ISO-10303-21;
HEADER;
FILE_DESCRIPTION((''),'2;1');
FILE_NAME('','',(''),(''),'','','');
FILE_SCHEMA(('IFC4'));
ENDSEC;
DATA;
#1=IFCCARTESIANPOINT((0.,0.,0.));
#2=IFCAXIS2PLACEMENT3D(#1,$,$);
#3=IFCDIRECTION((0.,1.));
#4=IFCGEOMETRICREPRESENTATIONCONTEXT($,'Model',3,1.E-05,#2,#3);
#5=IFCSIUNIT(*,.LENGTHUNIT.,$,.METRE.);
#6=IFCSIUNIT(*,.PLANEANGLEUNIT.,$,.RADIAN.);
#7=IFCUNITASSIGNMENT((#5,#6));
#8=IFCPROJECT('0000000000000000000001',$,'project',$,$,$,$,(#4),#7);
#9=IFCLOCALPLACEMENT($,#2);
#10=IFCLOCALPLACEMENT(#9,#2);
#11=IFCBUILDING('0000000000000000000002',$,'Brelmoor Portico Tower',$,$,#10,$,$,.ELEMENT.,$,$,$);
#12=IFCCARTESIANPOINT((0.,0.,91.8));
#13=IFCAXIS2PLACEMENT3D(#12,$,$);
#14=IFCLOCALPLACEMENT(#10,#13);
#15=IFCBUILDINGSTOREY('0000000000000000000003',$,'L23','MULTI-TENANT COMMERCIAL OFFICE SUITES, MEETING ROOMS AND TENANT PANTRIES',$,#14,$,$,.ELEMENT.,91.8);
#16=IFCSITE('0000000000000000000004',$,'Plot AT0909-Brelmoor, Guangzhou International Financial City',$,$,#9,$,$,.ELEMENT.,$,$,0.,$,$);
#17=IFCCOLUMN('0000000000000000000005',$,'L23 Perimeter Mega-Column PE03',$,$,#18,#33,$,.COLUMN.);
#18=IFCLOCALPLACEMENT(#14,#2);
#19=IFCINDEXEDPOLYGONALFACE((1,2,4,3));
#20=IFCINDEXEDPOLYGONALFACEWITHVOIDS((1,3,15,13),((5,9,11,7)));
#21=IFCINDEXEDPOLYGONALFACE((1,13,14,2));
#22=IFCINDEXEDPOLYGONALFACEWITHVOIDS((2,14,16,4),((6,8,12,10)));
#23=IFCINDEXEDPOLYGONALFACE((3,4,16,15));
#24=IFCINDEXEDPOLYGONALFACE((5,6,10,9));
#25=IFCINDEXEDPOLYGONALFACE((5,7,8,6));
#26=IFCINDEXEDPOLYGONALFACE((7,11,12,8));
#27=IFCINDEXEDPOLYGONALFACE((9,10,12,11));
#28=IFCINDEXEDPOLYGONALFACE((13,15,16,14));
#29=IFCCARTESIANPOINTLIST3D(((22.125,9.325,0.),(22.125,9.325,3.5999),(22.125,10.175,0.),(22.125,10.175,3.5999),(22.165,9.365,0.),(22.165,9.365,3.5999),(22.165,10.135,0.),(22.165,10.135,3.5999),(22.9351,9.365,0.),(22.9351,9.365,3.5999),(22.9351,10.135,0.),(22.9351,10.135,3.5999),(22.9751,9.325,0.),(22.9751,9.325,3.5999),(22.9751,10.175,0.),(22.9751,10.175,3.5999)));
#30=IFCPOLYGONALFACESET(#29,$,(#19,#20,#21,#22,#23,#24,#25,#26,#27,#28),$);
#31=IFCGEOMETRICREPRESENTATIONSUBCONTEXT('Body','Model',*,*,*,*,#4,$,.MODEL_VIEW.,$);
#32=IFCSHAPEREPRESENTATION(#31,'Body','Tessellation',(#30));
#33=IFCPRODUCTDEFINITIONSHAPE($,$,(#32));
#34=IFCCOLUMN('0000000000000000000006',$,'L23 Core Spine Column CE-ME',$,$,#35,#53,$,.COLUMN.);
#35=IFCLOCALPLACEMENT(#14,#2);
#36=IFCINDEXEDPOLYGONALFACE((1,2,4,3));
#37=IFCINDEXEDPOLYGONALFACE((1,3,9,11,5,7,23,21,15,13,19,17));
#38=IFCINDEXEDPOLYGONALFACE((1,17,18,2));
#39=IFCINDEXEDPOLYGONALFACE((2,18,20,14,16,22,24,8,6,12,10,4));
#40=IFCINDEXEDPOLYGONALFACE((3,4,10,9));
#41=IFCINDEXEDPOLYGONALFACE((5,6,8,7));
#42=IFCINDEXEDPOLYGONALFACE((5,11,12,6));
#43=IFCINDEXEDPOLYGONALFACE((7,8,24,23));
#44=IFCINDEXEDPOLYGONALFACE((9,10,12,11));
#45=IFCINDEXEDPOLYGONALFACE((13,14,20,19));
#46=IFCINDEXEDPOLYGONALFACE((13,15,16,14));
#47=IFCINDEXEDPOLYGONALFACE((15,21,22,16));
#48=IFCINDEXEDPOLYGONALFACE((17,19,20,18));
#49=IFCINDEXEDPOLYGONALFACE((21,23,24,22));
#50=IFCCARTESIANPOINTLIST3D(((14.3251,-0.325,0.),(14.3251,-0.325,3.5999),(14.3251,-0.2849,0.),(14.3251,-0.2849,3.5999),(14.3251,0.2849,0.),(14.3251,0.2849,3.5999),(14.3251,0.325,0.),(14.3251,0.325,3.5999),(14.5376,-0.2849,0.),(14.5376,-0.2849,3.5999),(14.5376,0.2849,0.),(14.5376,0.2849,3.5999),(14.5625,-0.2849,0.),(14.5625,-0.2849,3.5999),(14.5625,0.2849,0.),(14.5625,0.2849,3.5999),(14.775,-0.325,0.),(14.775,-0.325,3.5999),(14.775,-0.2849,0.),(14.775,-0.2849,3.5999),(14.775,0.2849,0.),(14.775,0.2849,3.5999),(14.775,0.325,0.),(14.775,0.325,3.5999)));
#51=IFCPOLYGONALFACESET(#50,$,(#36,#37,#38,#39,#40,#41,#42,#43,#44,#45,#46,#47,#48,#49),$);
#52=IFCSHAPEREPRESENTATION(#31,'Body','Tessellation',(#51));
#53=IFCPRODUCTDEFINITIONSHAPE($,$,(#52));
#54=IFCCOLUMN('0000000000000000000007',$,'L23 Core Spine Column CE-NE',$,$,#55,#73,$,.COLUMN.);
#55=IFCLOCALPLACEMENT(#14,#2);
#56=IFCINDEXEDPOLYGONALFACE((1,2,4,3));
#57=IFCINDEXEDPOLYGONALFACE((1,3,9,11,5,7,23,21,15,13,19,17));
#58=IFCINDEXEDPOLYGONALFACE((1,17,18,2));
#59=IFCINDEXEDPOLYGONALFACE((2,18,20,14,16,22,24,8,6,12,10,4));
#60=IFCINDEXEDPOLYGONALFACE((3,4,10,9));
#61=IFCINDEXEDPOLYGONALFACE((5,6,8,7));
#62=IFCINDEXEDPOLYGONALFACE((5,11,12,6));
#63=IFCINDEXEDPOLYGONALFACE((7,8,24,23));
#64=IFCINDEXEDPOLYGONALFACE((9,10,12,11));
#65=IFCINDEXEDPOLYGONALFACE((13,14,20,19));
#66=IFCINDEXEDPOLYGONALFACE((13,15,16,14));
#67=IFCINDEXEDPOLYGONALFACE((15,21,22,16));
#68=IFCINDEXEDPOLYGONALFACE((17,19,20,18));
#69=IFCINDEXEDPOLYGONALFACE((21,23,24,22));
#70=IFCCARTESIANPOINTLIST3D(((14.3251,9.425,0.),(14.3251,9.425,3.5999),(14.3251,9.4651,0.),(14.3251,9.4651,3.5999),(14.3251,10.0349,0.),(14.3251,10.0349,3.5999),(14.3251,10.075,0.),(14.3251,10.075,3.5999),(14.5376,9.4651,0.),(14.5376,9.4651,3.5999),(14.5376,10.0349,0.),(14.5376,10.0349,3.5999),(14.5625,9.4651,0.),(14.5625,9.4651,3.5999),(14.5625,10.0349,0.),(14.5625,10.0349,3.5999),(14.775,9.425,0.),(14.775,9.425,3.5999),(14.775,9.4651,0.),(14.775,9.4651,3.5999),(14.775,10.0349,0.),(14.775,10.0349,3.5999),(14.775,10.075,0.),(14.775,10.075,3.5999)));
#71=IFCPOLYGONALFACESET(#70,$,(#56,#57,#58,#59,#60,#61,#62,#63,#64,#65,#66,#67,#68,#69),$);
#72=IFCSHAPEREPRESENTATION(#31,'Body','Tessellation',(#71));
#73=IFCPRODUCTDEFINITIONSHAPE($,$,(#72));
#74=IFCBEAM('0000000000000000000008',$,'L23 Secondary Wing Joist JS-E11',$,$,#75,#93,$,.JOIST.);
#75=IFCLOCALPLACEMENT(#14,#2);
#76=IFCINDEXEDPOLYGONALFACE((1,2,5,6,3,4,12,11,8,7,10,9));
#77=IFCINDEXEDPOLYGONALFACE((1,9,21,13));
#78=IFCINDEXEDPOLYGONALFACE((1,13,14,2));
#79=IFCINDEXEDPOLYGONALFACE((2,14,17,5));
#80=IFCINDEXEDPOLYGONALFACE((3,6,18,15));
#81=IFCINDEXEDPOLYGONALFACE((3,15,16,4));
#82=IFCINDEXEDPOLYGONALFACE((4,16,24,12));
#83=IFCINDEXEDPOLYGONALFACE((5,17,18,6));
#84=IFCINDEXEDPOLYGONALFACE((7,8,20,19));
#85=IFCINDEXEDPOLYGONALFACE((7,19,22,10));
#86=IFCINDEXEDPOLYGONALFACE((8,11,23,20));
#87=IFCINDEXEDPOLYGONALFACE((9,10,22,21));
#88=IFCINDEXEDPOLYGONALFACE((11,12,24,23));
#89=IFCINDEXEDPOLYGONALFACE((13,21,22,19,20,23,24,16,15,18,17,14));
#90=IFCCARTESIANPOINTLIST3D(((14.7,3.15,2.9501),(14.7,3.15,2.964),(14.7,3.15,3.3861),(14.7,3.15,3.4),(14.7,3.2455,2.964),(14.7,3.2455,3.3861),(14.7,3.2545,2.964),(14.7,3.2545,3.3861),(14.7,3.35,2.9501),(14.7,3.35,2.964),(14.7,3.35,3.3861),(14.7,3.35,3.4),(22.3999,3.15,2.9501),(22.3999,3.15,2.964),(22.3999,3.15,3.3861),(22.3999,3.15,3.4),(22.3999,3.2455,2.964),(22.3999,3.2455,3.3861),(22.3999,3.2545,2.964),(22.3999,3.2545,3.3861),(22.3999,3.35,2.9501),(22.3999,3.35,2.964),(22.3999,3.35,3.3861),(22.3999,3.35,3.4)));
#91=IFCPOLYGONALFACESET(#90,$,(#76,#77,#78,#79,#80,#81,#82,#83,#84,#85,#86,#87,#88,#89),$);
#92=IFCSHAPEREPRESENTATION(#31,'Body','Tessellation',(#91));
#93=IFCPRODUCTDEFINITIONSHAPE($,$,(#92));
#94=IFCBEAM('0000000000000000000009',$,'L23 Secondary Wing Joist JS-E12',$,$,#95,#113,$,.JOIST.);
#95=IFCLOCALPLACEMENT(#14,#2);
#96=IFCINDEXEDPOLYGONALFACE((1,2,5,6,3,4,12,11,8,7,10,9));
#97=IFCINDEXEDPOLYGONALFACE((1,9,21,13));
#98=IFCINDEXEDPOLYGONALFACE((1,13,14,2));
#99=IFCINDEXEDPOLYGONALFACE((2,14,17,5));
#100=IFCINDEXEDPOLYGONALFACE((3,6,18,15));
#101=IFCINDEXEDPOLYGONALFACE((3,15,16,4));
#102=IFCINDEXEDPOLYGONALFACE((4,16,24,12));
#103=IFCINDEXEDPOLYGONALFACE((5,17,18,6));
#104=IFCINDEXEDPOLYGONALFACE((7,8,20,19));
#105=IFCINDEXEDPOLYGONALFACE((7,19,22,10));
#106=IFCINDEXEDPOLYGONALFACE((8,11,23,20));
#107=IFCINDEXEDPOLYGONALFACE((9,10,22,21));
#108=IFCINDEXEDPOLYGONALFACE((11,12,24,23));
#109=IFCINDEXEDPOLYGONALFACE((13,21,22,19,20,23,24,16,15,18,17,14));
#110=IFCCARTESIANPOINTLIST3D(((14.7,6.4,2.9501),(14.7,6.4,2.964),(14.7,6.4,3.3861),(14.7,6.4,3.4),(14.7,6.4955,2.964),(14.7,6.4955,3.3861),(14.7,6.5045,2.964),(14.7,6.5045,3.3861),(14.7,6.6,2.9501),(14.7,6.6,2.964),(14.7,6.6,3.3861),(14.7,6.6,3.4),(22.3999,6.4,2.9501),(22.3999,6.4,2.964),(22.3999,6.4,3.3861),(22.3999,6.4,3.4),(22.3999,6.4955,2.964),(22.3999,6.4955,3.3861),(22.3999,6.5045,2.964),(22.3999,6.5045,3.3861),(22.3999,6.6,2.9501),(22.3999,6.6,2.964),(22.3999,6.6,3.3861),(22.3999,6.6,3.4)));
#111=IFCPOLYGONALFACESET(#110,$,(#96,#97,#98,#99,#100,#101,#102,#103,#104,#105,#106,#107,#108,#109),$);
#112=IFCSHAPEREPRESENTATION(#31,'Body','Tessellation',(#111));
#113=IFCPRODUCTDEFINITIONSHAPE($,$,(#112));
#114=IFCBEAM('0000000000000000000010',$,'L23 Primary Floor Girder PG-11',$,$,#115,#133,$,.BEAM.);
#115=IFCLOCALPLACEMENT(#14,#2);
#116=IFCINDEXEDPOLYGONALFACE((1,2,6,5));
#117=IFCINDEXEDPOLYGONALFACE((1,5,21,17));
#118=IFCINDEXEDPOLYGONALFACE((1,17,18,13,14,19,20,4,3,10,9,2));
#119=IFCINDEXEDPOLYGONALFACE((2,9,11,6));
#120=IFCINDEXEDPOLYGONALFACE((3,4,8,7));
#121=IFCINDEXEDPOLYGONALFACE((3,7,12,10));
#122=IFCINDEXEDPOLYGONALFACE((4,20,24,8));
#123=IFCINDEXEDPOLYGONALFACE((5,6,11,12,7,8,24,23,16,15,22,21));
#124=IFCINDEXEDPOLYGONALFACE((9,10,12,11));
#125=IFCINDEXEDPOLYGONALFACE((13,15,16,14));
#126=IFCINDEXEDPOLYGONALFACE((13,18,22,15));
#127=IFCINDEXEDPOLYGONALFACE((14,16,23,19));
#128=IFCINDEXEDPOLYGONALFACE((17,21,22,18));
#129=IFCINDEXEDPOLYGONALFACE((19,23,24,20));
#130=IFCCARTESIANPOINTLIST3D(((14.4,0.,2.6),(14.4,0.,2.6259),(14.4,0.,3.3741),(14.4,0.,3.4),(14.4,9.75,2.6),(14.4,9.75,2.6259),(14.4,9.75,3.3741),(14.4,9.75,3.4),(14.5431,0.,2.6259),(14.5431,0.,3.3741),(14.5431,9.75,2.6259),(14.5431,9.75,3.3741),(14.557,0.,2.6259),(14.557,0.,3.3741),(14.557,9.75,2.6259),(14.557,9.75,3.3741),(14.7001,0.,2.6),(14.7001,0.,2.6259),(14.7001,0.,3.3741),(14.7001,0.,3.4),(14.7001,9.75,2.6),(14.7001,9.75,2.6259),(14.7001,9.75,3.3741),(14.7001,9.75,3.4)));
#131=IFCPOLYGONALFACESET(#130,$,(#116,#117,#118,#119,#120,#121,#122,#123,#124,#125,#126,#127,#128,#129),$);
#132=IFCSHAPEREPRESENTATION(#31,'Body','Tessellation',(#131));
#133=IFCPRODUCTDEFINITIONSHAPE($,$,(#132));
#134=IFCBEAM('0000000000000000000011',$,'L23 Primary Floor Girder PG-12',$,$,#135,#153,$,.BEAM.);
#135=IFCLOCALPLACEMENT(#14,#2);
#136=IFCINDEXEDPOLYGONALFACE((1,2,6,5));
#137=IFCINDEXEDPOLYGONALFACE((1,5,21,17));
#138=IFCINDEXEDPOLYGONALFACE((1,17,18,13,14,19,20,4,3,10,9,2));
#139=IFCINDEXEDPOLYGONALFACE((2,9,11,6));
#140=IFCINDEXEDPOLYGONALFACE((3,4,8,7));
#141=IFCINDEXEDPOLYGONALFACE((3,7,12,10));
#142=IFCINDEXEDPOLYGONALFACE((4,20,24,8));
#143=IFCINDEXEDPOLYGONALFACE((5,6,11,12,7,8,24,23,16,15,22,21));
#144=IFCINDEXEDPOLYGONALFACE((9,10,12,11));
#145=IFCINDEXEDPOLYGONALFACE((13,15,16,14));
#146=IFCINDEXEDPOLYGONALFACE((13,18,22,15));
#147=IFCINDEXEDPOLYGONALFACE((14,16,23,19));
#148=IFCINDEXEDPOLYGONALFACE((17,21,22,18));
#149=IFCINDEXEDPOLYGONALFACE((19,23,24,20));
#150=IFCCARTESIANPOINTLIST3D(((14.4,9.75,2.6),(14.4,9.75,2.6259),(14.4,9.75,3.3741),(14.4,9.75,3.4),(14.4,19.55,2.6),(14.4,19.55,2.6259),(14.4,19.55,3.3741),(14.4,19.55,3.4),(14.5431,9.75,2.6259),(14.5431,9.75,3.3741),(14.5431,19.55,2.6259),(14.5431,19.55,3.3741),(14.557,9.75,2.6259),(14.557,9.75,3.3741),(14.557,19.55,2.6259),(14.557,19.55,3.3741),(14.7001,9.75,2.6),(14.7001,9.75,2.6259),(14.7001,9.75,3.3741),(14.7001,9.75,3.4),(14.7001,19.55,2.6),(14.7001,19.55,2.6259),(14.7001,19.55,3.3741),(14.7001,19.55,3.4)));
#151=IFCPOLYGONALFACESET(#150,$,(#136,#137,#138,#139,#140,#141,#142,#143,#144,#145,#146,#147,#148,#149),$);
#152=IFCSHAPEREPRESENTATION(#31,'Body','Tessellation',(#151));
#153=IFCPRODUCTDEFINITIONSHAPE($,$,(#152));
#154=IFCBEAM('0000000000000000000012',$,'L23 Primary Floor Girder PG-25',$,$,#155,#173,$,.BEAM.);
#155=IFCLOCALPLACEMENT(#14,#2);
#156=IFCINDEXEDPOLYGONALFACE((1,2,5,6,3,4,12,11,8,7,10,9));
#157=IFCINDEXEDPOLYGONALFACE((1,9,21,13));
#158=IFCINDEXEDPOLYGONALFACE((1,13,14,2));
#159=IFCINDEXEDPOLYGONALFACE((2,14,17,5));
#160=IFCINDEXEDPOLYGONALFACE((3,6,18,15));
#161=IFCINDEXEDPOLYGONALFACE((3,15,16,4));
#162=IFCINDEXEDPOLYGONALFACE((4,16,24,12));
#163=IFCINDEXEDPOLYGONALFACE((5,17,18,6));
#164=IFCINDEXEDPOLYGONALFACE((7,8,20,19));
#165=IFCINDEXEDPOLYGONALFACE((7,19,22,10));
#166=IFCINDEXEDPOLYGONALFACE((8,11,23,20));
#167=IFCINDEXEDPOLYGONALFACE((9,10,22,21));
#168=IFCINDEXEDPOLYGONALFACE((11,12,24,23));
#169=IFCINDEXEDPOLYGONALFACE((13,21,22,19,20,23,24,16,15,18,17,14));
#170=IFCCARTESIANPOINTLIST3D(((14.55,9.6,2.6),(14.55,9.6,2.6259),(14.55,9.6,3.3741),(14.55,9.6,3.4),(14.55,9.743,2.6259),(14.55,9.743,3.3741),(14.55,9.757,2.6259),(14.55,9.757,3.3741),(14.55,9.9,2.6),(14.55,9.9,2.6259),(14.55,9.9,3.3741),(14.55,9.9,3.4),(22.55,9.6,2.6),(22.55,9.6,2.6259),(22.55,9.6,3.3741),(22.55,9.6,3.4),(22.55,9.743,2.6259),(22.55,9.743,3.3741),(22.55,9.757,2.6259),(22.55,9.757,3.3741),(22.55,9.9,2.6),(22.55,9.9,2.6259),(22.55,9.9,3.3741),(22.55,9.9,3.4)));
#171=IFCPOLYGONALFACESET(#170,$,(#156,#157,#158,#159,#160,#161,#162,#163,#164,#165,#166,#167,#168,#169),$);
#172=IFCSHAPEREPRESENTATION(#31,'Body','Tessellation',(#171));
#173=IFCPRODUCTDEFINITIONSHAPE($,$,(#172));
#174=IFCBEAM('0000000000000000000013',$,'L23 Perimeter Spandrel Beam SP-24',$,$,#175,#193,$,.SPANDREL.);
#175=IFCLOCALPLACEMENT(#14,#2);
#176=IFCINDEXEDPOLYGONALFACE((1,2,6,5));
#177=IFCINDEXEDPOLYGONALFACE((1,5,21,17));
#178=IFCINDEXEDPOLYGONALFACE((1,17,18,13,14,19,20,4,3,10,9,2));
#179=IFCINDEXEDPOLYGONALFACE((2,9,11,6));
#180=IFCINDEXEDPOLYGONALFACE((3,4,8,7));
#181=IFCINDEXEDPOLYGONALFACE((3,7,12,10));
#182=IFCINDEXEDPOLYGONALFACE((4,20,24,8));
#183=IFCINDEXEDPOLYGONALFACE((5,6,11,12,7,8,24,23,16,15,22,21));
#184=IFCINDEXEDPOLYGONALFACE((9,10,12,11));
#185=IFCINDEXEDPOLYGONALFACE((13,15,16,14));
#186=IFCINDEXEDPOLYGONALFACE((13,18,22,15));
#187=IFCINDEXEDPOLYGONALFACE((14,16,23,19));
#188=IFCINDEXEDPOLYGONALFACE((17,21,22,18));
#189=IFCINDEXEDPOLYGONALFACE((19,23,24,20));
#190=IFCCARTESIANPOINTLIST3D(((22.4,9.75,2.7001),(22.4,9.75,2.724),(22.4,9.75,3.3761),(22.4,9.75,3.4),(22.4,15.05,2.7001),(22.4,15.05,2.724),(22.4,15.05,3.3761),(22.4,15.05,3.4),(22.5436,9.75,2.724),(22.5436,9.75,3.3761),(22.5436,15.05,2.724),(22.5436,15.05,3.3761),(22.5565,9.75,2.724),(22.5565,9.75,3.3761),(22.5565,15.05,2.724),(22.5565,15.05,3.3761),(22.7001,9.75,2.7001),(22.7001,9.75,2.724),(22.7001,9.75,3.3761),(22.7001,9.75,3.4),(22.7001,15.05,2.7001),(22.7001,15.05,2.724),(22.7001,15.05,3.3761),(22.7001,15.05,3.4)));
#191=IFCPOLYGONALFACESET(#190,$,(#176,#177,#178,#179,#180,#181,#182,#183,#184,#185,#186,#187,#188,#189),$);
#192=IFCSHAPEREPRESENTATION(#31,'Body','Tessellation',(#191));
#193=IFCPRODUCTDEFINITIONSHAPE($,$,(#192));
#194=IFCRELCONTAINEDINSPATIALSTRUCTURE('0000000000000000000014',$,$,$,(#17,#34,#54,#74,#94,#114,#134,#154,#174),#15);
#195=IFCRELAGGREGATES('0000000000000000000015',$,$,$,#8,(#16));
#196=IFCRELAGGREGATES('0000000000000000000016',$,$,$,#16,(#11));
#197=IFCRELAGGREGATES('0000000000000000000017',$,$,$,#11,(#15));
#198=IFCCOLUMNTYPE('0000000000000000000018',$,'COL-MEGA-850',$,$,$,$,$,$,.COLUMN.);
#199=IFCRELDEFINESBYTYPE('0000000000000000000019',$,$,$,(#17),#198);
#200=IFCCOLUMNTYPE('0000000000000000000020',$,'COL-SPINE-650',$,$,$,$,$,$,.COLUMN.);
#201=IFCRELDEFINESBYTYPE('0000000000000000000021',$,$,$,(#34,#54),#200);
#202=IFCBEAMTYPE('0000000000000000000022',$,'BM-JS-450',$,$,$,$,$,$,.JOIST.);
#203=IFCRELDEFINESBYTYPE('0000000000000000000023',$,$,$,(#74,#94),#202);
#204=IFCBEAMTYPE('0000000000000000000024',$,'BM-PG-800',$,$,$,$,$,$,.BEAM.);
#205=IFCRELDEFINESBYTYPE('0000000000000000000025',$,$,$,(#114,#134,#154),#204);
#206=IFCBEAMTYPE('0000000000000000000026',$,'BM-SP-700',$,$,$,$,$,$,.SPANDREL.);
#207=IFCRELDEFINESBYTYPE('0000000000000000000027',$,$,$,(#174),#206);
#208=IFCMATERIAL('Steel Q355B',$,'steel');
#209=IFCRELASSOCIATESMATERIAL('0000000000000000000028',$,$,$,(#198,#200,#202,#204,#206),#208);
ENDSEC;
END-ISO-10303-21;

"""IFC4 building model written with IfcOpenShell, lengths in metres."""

from ifc_helpers import new_model, si_unit, direction, frame, origin, origin_2d, place, context, subcontext, project, spatial, hollow_rectangle, i_section, extrude, material, material_profile, profile_set, type_object, element, save


model = new_model("IFC4")

# Units and contexts
model_context = context("Model", 3, precision=1e-05, world=origin(), true_north=direction((0.0, 1.0)))
body_context = subcontext(model_context, "Body", "Model", "MODEL_VIEW")
ifc_project = project(units=[si_unit("LENGTHUNIT", "METRE"), si_unit("PLANEANGLEUNIT", "RADIAN")], contexts=[model_context])

# Site, building, storey
site_placement = place(None, origin())
site = spatial("IfcSite", under=ifc_project, at=site_placement, Name="Plot AT0909-Brelmoor, Guangzhou International Financial City", CompositionType="ELEMENT", RefElevation=0.0)
building_placement = place(site_placement, origin())
building = spatial("IfcBuilding", under=site, at=building_placement, Name="Brelmoor Portico Tower", CompositionType="ELEMENT")
storey_placement = place(building_placement, frame((0.0, 0.0, 91.8)))
storey = spatial("IfcBuildingStorey", under=building, at=storey_placement, Name="L23", Description="MULTI-TENANT COMMERCIAL OFFICE SUITES, MEETING ROOMS AND TENANT PANTRIES", CompositionType="ELEMENT", Elevation=91.8)

# Columns
ifc_material_1 = material(Name="Steel Q355B", Category="steel")
ifc_material_profile_1 = material_profile(ifc_material_1, hollow_rectangle(XDim=0.8501, YDim=0.8501, WallThickness=0.04, at=origin_2d()), Name="BOX 850x850x40")
ifc_profile_set_1 = profile_set([ifc_material_profile_1], Name="Steel Q355B")
column_type_1 = type_object("IfcColumnType", Name="COL-MEGA-850", PredefinedType="COLUMN", material=ifc_profile_set_1)
column_placement = place(storey_placement, frame((22.55, 9.75, 0.0), z_axis=(0.0, 0.0, 1.0), x_axis=(0.0, 1.0, 0.0)))
element("IfcColumn", 1, at=column_placement, inside=storey, type_object=column_type_1, Name="L23 Perimeter Mega-Column PE03", PredefinedType="COLUMN", context=body_context, shape_type="SweptSolid", body=[
    extrude(hollow_rectangle(XDim=0.8501, YDim=0.8501, WallThickness=0.04, at=origin_2d()), origin(), (0.0, 0.0, 1.0), 3.5999),
])
ifc_material_profile_2 = material_profile(ifc_material_1, i_section(OverallWidth=0.45, OverallDepth=0.6499, WebThickness=0.0249, FlangeThickness=0.04, at=origin_2d()), Name="HW 650x450x25x40")
ifc_profile_set_2 = profile_set([ifc_material_profile_2], Name="Steel Q355B")
column_type_2 = type_object("IfcColumnType", Name="COL-SPINE-650", PredefinedType="COLUMN", material=ifc_profile_set_2)
for number, where, z_axis, x_axis, name in (
    (2, (14.55, 0.0, 0.0), (0.0, 0.0, 1.0), (1.0, 0.0, 0.0), "L23 Core Spine Column CE-ME"),
    (3, (14.55, 9.75, 0.0), (0.0, 0.0, 1.0), (1.0, 0.0, 0.0), "L23 Core Spine Column CE-NE"),
):
    element("IfcColumn", number, at=place(storey_placement, frame(where, z_axis=z_axis, x_axis=x_axis)), inside=storey, type_object=column_type_2, Name=name, PredefinedType="COLUMN", context=body_context, shape_type="SweptSolid", body=[
        extrude(i_section(OverallWidth=0.45, OverallDepth=0.6499, WebThickness=0.0249, FlangeThickness=0.04, at=origin_2d()), origin(), (0.0, 0.0, 1.0), 3.5999),
    ])

# Beams
ifc_material_profile_3 = material_profile(ifc_material_1, i_section(OverallWidth=0.2, OverallDepth=0.45, WebThickness=0.009, FlangeThickness=0.0139, at=origin_2d()), Name="HN 450x200x9x14")
ifc_profile_set_3 = profile_set([ifc_material_profile_3], Name="Steel Q355B")
beam_type_1 = type_object("IfcBeamType", Name="BM-JS-450", PredefinedType="JOIST", material=ifc_profile_set_3)
for number, where, z_axis, x_axis, name in (
    (4, (14.7, 3.25, 3.175), (1.0, 0.0, 0.0), (0.0, 1.0, 0.0), "L23 Secondary Wing Joist JS-E11"),
    (5, (14.7, 6.5, 3.175), (1.0, 0.0, 0.0), (0.0, 1.0, 0.0), "L23 Secondary Wing Joist JS-E12"),
):
    element("IfcBeam", number, at=place(storey_placement, frame(where, z_axis=z_axis, x_axis=x_axis)), inside=storey, type_object=beam_type_1, Name=name, PredefinedType="JOIST", context=body_context, shape_type="SweptSolid", body=[
        extrude(i_section(OverallWidth=0.2, OverallDepth=0.45, WebThickness=0.009, FlangeThickness=0.0139, at=origin_2d()), origin(), (0.0, 0.0, 1.0), 7.7),
    ])
ifc_material_profile_4 = material_profile(ifc_material_1, i_section(OverallWidth=0.3, OverallDepth=0.8, WebThickness=0.0139, FlangeThickness=0.0259, at=origin_2d()), Name="HN 800x300x14x26")
ifc_profile_set_4 = profile_set([ifc_material_profile_4], Name="Steel Q355B")
beam_type_2 = type_object("IfcBeamType", Name="BM-PG-800", PredefinedType="BEAM", material=ifc_profile_set_4)
beam_1_placement = place(storey_placement, frame((14.55, 0.0, 3.0), z_axis=(0.0, 1.0, 0.0), x_axis=(-1.0, 0.0, 0.0)))
element("IfcBeam", 6, at=beam_1_placement, inside=storey, type_object=beam_type_2, Name="L23 Primary Floor Girder PG-11", PredefinedType="BEAM", context=body_context, shape_type="SweptSolid", body=[
    extrude(i_section(OverallWidth=0.3, OverallDepth=0.8, WebThickness=0.0139, FlangeThickness=0.0259, at=origin_2d()), origin(), (0.0, 0.0, 1.0), 9.75),
])
beam_2_placement = place(storey_placement, frame((14.55, 9.75, 3.0), z_axis=(0.0, 1.0, 0.0), x_axis=(-1.0, 0.0, 0.0)))
element("IfcBeam", 7, at=beam_2_placement, inside=storey, type_object=beam_type_2, Name="L23 Primary Floor Girder PG-12", PredefinedType="BEAM", context=body_context, shape_type="SweptSolid", body=[
    extrude(i_section(OverallWidth=0.3, OverallDepth=0.8, WebThickness=0.0139, FlangeThickness=0.0259, at=origin_2d()), origin(), (0.0, 0.0, 1.0), 9.8),
])
beam_3_placement = place(storey_placement, frame((14.55, 9.75, 3.0), z_axis=(1.0, 0.0, 0.0), x_axis=(0.0, 1.0, 0.0)))
element("IfcBeam", 8, at=beam_3_placement, inside=storey, type_object=beam_type_2, Name="L23 Primary Floor Girder PG-25", PredefinedType="BEAM", context=body_context, shape_type="SweptSolid", body=[
    extrude(i_section(OverallWidth=0.3, OverallDepth=0.8, WebThickness=0.0139, FlangeThickness=0.0259, at=origin_2d()), origin(), (0.0, 0.0, 1.0), 8.0),
])
ifc_material_profile_5 = material_profile(ifc_material_1, i_section(OverallWidth=0.3, OverallDepth=0.7, WebThickness=0.0129, FlangeThickness=0.0239, at=origin_2d()), Name="HN 700x300x13x24")
ifc_profile_set_5 = profile_set([ifc_material_profile_5], Name="Steel Q355B")
beam_type_3 = type_object("IfcBeamType", Name="BM-SP-700", PredefinedType="SPANDREL", material=ifc_profile_set_5)
beam_4_placement = place(storey_placement, frame((22.55, 9.75, 3.05), z_axis=(0.0, 1.0, 0.0), x_axis=(-1.0, 0.0, 0.0)))
element("IfcBeam", 9, at=beam_4_placement, inside=storey, type_object=beam_type_3, Name="L23 Perimeter Spandrel Beam SP-24", PredefinedType="SPANDREL", context=body_context, shape_type="SweptSolid", body=[
    extrude(i_section(OverallWidth=0.3, OverallDepth=0.7, WebThickness=0.0129, FlangeThickness=0.0239, at=origin_2d()), origin(), (0.0, 0.0, 1.0), 5.3),
])

save(model, "model.ifc")
